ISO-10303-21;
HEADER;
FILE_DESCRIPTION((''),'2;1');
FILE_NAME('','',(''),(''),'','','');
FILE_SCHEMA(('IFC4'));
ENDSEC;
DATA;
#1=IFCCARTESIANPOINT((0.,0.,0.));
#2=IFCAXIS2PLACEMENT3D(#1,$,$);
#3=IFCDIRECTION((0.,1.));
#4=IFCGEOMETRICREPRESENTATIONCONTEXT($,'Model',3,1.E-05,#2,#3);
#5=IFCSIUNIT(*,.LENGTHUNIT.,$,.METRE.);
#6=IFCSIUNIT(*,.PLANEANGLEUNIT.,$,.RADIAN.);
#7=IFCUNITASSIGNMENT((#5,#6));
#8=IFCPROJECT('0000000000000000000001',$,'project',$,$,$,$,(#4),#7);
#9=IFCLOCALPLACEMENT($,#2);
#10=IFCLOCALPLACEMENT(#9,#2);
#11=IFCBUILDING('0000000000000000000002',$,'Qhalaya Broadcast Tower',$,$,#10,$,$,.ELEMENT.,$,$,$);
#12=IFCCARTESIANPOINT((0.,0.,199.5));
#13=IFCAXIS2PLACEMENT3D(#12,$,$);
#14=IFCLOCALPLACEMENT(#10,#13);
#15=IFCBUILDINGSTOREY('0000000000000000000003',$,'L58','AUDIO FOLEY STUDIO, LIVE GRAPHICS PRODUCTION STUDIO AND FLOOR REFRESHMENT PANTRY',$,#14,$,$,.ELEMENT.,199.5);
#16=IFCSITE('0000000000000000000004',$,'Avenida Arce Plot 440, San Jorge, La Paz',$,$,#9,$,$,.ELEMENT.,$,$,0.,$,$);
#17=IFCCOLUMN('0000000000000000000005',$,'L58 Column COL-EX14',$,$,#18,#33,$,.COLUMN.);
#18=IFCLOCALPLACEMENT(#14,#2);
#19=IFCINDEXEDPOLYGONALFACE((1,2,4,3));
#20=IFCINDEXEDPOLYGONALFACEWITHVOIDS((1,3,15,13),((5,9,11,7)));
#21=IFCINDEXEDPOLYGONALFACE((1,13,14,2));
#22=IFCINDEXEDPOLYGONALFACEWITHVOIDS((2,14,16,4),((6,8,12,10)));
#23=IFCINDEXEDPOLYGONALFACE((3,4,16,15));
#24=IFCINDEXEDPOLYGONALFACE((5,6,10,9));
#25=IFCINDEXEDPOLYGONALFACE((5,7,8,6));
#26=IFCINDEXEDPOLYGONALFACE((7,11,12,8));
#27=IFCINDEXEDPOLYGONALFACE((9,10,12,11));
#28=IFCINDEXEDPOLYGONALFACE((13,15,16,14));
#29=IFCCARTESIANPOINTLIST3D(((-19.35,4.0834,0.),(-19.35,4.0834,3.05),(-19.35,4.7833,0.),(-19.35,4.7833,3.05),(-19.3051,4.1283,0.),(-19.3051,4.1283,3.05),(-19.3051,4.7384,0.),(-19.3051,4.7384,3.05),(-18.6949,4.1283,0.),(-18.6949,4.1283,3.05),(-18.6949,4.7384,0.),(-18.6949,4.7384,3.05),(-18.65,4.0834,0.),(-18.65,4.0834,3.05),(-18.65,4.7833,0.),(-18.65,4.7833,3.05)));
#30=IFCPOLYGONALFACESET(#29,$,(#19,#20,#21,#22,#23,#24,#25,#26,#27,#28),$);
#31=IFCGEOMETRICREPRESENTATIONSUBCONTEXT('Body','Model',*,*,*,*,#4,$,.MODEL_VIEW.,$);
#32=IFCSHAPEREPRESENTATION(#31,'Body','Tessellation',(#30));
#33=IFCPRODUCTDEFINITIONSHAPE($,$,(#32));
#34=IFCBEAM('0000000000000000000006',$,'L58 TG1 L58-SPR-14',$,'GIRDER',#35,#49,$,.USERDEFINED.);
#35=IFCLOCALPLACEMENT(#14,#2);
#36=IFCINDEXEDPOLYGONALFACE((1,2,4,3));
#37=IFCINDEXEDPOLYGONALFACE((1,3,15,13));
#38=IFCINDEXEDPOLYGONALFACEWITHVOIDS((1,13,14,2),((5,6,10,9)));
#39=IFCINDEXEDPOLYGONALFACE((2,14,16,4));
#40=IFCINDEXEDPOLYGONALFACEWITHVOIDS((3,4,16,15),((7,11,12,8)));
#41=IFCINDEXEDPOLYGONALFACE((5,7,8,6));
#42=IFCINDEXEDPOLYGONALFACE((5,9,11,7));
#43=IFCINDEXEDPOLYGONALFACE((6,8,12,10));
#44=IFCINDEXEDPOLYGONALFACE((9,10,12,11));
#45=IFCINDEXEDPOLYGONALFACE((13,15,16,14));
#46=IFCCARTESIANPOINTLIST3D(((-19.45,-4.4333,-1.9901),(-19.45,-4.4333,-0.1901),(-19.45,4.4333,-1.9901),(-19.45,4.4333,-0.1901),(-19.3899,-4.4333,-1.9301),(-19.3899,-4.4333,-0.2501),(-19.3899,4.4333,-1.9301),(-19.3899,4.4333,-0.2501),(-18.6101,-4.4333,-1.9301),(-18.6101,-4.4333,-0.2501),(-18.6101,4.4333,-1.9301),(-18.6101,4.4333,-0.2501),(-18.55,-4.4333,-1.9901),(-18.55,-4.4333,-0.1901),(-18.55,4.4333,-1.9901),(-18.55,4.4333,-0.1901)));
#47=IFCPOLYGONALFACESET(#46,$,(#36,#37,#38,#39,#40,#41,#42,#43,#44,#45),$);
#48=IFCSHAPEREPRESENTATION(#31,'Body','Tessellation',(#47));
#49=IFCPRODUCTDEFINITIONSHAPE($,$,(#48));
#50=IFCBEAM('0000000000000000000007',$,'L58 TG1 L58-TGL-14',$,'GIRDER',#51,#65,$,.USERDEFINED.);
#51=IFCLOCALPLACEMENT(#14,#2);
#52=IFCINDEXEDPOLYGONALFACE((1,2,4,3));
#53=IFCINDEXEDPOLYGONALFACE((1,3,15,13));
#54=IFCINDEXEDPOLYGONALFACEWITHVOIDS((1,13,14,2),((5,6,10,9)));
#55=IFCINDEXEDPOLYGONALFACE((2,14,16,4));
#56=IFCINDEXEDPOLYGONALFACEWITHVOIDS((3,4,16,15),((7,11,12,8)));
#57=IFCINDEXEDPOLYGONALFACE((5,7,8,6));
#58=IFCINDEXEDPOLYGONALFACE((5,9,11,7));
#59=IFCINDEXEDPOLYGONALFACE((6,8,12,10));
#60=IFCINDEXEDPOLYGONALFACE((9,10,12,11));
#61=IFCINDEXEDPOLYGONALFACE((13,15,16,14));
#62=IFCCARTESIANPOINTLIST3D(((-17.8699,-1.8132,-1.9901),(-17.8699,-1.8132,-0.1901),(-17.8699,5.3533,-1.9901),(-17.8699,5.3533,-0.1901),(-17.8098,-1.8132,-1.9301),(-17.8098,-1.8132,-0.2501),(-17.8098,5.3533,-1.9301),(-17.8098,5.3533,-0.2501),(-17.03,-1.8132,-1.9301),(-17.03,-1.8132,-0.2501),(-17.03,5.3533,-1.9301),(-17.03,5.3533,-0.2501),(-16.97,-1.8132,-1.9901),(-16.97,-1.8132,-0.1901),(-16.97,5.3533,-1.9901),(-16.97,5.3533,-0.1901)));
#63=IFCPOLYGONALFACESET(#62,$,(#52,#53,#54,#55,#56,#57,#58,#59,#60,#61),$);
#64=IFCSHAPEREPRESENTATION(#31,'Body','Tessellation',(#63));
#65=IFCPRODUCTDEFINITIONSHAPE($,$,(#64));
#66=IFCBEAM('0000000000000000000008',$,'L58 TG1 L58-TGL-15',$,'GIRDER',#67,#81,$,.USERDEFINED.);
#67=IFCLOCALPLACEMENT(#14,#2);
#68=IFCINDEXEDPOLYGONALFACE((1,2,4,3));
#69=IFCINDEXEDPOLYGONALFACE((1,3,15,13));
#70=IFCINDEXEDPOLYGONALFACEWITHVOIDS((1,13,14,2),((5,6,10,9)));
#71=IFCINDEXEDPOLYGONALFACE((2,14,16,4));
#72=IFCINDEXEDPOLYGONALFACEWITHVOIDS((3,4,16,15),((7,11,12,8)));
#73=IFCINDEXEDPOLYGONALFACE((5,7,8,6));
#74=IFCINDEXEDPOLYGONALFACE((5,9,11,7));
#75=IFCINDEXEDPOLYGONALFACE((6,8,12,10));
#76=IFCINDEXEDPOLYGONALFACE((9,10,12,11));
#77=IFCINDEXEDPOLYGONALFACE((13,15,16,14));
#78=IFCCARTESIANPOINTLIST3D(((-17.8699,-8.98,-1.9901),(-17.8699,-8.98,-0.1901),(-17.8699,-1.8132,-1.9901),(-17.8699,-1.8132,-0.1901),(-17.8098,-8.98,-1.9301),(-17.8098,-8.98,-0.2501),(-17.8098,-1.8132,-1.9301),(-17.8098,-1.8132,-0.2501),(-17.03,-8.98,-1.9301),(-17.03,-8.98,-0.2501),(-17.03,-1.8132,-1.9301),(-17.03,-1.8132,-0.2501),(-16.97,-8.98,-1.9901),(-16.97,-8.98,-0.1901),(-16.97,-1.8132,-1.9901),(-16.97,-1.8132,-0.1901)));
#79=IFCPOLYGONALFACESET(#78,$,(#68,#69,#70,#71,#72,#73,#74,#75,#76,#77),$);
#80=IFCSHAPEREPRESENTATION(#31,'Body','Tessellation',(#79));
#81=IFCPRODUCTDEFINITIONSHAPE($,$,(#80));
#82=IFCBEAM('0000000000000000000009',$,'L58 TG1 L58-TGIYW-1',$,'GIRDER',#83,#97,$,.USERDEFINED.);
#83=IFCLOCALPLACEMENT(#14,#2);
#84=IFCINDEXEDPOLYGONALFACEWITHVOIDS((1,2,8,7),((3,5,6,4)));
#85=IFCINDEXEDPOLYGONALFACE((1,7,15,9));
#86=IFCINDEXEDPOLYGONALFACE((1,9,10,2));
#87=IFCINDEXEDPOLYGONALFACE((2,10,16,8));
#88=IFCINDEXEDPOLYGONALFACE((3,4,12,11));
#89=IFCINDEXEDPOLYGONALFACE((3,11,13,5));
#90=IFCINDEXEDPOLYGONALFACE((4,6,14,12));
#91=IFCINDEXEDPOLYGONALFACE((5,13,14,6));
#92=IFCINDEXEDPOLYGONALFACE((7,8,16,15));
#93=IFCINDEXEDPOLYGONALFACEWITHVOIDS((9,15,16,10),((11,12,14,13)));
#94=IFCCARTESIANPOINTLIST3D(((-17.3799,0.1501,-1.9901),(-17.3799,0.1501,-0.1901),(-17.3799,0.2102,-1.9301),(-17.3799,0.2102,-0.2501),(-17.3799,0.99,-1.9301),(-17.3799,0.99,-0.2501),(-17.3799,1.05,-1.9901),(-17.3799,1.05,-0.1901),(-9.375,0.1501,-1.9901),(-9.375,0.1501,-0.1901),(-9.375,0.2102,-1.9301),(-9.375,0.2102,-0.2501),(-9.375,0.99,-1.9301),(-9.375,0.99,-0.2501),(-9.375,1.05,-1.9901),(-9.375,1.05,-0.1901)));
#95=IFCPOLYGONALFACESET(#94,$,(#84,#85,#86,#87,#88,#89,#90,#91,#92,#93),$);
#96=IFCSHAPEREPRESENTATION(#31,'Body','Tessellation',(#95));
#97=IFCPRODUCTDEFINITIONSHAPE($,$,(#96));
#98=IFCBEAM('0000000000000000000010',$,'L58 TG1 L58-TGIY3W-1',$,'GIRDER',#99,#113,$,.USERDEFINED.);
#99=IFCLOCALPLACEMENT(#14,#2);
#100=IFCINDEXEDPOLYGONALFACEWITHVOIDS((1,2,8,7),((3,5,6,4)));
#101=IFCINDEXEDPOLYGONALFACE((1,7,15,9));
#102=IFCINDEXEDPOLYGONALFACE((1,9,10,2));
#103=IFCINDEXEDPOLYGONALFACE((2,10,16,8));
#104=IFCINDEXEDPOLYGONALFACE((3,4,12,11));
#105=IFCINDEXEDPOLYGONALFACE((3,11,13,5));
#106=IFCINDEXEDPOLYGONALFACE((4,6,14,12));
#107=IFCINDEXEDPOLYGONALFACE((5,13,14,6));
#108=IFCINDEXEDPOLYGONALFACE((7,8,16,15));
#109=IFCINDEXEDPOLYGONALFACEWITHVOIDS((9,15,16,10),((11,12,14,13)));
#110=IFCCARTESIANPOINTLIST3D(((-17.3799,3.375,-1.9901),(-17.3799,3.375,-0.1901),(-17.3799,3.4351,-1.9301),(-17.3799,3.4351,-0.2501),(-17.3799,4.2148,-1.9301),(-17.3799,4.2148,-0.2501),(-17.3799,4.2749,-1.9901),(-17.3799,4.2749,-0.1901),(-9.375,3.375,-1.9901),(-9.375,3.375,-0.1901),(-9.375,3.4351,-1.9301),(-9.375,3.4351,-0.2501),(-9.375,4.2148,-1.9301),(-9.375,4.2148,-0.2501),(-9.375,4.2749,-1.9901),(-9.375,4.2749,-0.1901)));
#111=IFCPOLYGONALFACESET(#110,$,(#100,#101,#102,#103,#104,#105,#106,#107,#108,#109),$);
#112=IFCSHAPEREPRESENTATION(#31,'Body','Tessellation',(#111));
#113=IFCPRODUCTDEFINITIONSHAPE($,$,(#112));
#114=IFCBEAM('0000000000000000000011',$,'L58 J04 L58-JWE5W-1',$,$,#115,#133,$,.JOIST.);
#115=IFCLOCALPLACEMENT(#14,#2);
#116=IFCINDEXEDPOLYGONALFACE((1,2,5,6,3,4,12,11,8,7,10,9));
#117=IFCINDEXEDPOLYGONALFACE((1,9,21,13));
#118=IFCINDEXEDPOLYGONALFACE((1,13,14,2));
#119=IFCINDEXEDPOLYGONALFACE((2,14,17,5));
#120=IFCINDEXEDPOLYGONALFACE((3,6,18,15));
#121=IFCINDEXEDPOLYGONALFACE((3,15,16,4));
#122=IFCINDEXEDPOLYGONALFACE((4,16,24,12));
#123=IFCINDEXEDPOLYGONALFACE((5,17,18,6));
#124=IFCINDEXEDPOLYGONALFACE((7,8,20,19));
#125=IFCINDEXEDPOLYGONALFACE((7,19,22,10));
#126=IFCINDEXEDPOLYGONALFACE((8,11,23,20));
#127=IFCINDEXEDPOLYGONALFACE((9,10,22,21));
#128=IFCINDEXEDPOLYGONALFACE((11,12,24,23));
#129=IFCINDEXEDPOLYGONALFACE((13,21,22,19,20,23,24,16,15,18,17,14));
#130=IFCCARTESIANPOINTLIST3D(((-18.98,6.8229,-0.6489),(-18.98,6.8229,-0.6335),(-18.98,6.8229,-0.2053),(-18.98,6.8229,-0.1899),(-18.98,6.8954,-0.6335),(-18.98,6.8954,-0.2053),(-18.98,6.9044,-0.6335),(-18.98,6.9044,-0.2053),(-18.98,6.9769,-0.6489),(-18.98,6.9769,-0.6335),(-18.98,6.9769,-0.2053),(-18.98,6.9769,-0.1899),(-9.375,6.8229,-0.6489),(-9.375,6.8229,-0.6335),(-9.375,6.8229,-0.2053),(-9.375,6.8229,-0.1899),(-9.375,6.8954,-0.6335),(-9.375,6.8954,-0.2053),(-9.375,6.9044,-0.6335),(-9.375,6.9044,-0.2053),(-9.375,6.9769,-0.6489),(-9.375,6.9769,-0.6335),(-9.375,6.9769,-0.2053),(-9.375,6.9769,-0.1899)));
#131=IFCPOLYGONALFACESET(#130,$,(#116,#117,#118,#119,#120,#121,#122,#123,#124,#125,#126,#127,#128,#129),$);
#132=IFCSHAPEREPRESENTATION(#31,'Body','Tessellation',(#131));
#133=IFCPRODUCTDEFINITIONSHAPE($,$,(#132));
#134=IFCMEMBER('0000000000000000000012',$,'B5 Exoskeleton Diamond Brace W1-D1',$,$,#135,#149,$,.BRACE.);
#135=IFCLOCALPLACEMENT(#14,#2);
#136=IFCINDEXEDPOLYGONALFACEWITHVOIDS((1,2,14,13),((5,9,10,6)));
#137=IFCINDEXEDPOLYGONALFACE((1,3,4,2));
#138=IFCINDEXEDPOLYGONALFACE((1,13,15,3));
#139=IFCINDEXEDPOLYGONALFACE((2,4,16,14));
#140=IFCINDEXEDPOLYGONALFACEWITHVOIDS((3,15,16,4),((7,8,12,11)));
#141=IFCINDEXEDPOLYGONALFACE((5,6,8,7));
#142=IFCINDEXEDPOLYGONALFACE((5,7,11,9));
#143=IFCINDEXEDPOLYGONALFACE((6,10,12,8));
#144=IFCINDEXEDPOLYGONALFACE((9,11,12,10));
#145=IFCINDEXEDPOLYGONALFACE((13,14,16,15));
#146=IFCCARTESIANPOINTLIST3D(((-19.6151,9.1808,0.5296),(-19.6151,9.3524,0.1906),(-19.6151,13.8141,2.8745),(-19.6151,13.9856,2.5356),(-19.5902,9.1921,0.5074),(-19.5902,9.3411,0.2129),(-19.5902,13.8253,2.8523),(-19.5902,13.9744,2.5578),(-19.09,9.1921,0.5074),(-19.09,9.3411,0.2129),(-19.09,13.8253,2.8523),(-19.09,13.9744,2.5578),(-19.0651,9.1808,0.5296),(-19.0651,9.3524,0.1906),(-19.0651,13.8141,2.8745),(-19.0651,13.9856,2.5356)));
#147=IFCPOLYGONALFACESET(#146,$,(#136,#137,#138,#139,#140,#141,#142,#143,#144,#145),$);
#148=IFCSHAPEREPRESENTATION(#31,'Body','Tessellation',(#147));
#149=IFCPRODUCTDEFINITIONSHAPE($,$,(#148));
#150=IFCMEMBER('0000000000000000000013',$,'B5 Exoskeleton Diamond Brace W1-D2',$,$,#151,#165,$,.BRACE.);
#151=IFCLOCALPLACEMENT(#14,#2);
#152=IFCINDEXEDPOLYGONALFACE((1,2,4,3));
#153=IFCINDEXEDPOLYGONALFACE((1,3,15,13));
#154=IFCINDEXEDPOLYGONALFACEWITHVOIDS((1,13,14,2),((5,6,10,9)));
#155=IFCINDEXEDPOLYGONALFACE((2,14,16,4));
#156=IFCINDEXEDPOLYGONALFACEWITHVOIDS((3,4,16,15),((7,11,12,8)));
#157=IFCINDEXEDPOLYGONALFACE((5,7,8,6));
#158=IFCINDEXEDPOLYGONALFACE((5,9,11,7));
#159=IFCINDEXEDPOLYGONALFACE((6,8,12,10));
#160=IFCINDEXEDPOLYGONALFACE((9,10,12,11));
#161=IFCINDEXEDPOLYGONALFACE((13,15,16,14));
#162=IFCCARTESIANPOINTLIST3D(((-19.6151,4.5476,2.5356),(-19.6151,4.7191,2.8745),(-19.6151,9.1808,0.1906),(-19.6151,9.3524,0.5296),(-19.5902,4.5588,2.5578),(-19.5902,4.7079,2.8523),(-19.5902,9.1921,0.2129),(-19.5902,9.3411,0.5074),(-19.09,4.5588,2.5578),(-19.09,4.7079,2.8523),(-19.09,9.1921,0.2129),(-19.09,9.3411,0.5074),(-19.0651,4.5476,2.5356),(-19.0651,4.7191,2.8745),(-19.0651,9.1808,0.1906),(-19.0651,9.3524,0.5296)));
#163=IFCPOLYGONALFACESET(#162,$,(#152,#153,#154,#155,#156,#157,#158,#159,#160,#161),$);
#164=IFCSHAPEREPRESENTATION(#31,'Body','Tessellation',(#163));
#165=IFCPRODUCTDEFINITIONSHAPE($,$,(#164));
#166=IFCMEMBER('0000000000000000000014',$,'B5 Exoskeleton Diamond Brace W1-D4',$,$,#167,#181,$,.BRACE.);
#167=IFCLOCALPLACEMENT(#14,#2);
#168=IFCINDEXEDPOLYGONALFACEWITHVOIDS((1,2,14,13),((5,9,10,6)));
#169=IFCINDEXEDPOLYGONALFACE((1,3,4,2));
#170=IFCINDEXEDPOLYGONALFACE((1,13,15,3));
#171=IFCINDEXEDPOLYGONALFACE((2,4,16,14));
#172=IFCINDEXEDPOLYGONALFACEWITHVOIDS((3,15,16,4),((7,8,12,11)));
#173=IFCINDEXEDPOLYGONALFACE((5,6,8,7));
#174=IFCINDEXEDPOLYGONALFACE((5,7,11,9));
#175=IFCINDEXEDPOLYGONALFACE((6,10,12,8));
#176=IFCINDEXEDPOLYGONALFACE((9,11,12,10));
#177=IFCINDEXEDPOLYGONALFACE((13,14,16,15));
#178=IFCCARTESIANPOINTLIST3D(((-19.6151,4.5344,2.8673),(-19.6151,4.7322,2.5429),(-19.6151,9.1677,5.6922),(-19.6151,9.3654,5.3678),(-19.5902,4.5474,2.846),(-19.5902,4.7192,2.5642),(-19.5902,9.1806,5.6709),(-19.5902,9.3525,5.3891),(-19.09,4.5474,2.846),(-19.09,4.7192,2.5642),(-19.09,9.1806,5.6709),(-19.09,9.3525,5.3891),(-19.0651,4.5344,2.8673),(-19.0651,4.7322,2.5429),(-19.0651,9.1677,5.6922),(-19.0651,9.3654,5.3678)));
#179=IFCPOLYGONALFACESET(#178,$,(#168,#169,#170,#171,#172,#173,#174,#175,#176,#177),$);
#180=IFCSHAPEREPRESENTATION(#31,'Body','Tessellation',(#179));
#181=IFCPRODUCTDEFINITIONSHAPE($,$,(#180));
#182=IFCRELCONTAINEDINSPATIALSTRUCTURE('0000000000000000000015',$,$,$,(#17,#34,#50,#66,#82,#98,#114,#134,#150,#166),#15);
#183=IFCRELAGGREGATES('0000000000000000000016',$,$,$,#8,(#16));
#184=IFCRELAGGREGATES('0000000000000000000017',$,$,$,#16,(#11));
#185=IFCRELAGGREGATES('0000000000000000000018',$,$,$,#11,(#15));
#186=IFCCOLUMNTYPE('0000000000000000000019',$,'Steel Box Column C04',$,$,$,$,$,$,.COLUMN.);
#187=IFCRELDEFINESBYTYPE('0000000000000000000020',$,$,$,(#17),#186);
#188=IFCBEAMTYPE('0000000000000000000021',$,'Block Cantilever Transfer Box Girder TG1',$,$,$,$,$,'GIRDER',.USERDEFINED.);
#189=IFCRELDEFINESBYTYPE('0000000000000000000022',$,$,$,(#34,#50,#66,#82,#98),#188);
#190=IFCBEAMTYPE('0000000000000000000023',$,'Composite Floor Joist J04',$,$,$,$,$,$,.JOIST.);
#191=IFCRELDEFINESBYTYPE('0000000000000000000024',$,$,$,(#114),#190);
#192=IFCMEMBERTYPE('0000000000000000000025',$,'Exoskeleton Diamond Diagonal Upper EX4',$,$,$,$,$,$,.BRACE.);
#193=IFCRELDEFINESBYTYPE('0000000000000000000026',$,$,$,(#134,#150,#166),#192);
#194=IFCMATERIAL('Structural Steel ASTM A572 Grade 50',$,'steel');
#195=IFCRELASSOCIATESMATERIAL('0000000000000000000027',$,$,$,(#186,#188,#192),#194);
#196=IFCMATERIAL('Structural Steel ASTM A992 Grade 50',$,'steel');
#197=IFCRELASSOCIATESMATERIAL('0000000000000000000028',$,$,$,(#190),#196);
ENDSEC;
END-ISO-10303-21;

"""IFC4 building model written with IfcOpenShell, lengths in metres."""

from ifc_helpers import new_model, si_unit, direction, frame, origin, origin_2d, place, context, subcontext, project, spatial, hollow_rectangle, i_section, extrude, material, material_profile, profile_set, type_object, element, save


model = new_model("IFC4")

# Units and contexts
model_context = context("Model", 3, precision=1e-05, world=origin(), true_north=direction((0.0, 1.0)))
body_context = subcontext(model_context, "Body", "Model", "MODEL_VIEW")
ifc_project = project(units=[si_unit("LENGTHUNIT", "METRE"), si_unit("PLANEANGLEUNIT", "RADIAN")], contexts=[model_context])

# Site, building, storey
site_placement = place(None, origin())
site = spatial("IfcSite", under=ifc_project, at=site_placement, Name="Avenida Arce Plot 440, San Jorge, La Paz", CompositionType="ELEMENT", RefElevation=0.0)
building_placement = place(site_placement, origin())
building = spatial("IfcBuilding", under=site, at=building_placement, Name="Qhalaya Broadcast Tower", CompositionType="ELEMENT")
storey_placement = place(building_placement, frame((0.0, 0.0, 199.5)))
storey = spatial("IfcBuildingStorey", under=building, at=storey_placement, Name="L58", Description="AUDIO FOLEY STUDIO, LIVE GRAPHICS PRODUCTION STUDIO AND FLOOR REFRESHMENT PANTRY", CompositionType="ELEMENT", Elevation=199.5)

# Column
ifc_material_1 = material(Name="Structural Steel ASTM A572 Grade 50", Category="steel")
ifc_material_profile_1 = material_profile(ifc_material_1, hollow_rectangle(XDim=0.7, YDim=0.7, WallThickness=0.0449, at=origin_2d()), Name="BOX 700x700x45")
ifc_profile_set_1 = profile_set([ifc_material_profile_1], Name="Structural Steel ASTM A572 Grade 50")
column_type = type_object("IfcColumnType", Name="Steel Box Column C04", PredefinedType="COLUMN", material=ifc_profile_set_1)
column_placement = place(storey_placement, frame((-19.0, 4.4333, 0.0), z_axis=(0.0, 0.0, 1.0), x_axis=(0.0, 1.0, 0.0)))
element("IfcColumn", 1, at=column_placement, inside=storey, type_object=column_type, Name="L58 Column COL-EX14", PredefinedType="COLUMN", context=body_context, shape_type="SweptSolid", body=[
    extrude(hollow_rectangle(XDim=0.7, YDim=0.7, WallThickness=0.0449, at=origin_2d()), origin(), (0.0, 0.0, 1.0), 3.05),
])

# Beams
ifc_material_profile_2 = material_profile(ifc_material_1, hollow_rectangle(XDim=0.8999, YDim=1.8, WallThickness=0.0601, at=origin_2d()), Name="BOX 900x1800x60")
ifc_profile_set_2 = profile_set([ifc_material_profile_2], Name="Structural Steel ASTM A572 Grade 50")
beam_type_1 = type_object("IfcBeamType", Name="Block Cantilever Transfer Box Girder TG1", ElementType="GIRDER", PredefinedType="USERDEFINED", material=ifc_profile_set_2)
beam_1_placement = place(storey_placement, frame((-19.0, 4.4333, -1.0901), z_axis=(0.0, -1.0, 0.0), x_axis=(1.0, 0.0, 0.0)))
element("IfcBeam", 2, at=beam_1_placement, inside=storey, type_object=beam_type_1, Name="L58 TG1 L58-SPR-14", ObjectType="GIRDER", PredefinedType="USERDEFINED", context=body_context, shape_type="SweptSolid", body=[
    extrude(hollow_rectangle(XDim=0.8999, YDim=1.8, WallThickness=0.0601, at=origin_2d()), origin(), (0.0, 0.0, 1.0), 8.8667),
])
beam_2_placement = place(storey_placement, frame((-17.4199, 5.3533, -1.0901), z_axis=(0.0, -1.0, 0.0), x_axis=(1.0, 0.0, 0.0)))
element("IfcBeam", 3, at=beam_2_placement, inside=storey, type_object=beam_type_1, Name="L58 TG1 L58-TGL-14", ObjectType="GIRDER", PredefinedType="USERDEFINED", context=body_context, shape_type="SweptSolid", body=[
    extrude(hollow_rectangle(XDim=0.8999, YDim=1.8, WallThickness=0.0601, at=origin_2d()), origin(), (0.0, 0.0, 1.0), 7.1665),
])
beam_3_placement = place(storey_placement, frame((-17.4199, -1.8132, -1.0901), z_axis=(0.0, -1.0, 0.0), x_axis=(1.0, 0.0, 0.0)))
element("IfcBeam", 4, at=beam_3_placement, inside=storey, type_object=beam_type_1, Name="L58 TG1 L58-TGL-15", ObjectType="GIRDER", PredefinedType="USERDEFINED", context=body_context, shape_type="SweptSolid", body=[
    extrude(hollow_rectangle(XDim=0.8999, YDim=1.8, WallThickness=0.0601, at=origin_2d()), origin(), (0.0, 0.0, 1.0), 7.1667),
])
for number, where, z_axis, x_axis, name in (
    (5, (-17.3799, 0.6001, -1.0901), (1.0, 0.0, 0.0), (0.0, 1.0, 0.0), "L58 TG1 L58-TGIYW-1"),
    (6, (-17.3799, 3.825, -1.0901), (1.0, 0.0, 0.0), (0.0, 1.0, 0.0), "L58 TG1 L58-TGIY3W-1"),
):
    element("IfcBeam", number, at=place(storey_placement, frame(where, z_axis=z_axis, x_axis=x_axis)), inside=storey, type_object=beam_type_1, Name=name, ObjectType="GIRDER", PredefinedType="USERDEFINED", context=body_context, shape_type="SweptSolid", body=[
        extrude(hollow_rectangle(XDim=0.8999, YDim=1.8, WallThickness=0.0601, at=origin_2d()), origin(), (0.0, 0.0, 1.0), 8.0049),
    ])
ifc_material_2 = material(Name="Structural Steel ASTM A992 Grade 50", Category="steel")
ifc_material_profile_3 = material_profile(ifc_material_2, i_section(OverallWidth=0.1541, OverallDepth=0.459, WebThickness=0.009, FlangeThickness=0.0154, at=origin_2d()), Name="W18X46")
ifc_profile_set_3 = profile_set([ifc_material_profile_3], Name="Structural Steel ASTM A992 Grade 50")
beam_type_2 = type_object("IfcBeamType", Name="Composite Floor Joist J04", PredefinedType="JOIST", material=ifc_profile_set_3)
beam_4_placement = place(storey_placement, frame((-18.98, 6.8999, -0.4194), z_axis=(1.0, 0.0, 0.0), x_axis=(0.0, 1.0, 0.0)))
element("IfcBeam", 7, at=beam_4_placement, inside=storey, type_object=beam_type_2, Name="L58 J04 L58-JWE5W-1", PredefinedType="JOIST", context=body_context, shape_type="SweptSolid", body=[
    extrude(i_section(OverallWidth=0.1541, OverallDepth=0.459, WebThickness=0.009, FlangeThickness=0.0154, at=origin_2d()), origin(), (0.0, 0.0, 1.0), 9.605),
])

# Members
ifc_material_profile_4 = material_profile(ifc_material_1, hollow_rectangle(XDim=0.3799, YDim=0.55, WallThickness=0.0249, at=origin_2d()), Name="BOX 380x550x25")
ifc_profile_set_4 = profile_set([ifc_material_profile_4], Name="Structural Steel ASTM A572 Grade 50")
member_type = type_object("IfcMemberType", Name="Exoskeleton Diamond Diagonal Upper EX4", PredefinedType="BRACE", material=ifc_profile_set_4)
for number, where, z_axis, x_axis, name in (
    (8, (-19.3401, 9.2666, 0.3601), (0.0, 0.892235, 0.451571), (0.0, -0.451571, 0.892235), "B5 Exoskeleton Diamond Brace W1-D1"),
    (9, (-19.3401, 9.2666, 0.3601), (0.0, -0.892235, 0.451571), (0.0, 0.451571, 0.892235), "B5 Exoskeleton Diamond Brace W1-D2"),
):
    element("IfcMember", number, at=place(storey_placement, frame(where, z_axis=z_axis, x_axis=x_axis)), inside=storey, type_object=member_type, Name=name, PredefinedType="BRACE", context=body_context, shape_type="SweptSolid", body=[
        extrude(hollow_rectangle(XDim=0.3799, YDim=0.55, WallThickness=0.0249, at=origin_2d()), origin(), (0.0, 0.0, 1.0), 5.1929),
    ])
member_1_placement = place(storey_placement, frame((-19.3401, 4.6333, 2.7051), z_axis=(0.0, 0.853815, 0.520576), x_axis=(0.0, -0.520576, 0.853815)))
element("IfcMember", 10, at=member_1_placement, inside=storey, type_object=member_type, Name="B5 Exoskeleton Diamond Brace W1-D4", PredefinedType="BRACE", context=body_context, shape_type="SweptSolid", body=[
    extrude(hollow_rectangle(XDim=0.3799, YDim=0.55, WallThickness=0.0249, at=origin_2d()), origin(), (0.0, 0.0, 1.0), 5.4265),
])

save(model, "model.ifc")
